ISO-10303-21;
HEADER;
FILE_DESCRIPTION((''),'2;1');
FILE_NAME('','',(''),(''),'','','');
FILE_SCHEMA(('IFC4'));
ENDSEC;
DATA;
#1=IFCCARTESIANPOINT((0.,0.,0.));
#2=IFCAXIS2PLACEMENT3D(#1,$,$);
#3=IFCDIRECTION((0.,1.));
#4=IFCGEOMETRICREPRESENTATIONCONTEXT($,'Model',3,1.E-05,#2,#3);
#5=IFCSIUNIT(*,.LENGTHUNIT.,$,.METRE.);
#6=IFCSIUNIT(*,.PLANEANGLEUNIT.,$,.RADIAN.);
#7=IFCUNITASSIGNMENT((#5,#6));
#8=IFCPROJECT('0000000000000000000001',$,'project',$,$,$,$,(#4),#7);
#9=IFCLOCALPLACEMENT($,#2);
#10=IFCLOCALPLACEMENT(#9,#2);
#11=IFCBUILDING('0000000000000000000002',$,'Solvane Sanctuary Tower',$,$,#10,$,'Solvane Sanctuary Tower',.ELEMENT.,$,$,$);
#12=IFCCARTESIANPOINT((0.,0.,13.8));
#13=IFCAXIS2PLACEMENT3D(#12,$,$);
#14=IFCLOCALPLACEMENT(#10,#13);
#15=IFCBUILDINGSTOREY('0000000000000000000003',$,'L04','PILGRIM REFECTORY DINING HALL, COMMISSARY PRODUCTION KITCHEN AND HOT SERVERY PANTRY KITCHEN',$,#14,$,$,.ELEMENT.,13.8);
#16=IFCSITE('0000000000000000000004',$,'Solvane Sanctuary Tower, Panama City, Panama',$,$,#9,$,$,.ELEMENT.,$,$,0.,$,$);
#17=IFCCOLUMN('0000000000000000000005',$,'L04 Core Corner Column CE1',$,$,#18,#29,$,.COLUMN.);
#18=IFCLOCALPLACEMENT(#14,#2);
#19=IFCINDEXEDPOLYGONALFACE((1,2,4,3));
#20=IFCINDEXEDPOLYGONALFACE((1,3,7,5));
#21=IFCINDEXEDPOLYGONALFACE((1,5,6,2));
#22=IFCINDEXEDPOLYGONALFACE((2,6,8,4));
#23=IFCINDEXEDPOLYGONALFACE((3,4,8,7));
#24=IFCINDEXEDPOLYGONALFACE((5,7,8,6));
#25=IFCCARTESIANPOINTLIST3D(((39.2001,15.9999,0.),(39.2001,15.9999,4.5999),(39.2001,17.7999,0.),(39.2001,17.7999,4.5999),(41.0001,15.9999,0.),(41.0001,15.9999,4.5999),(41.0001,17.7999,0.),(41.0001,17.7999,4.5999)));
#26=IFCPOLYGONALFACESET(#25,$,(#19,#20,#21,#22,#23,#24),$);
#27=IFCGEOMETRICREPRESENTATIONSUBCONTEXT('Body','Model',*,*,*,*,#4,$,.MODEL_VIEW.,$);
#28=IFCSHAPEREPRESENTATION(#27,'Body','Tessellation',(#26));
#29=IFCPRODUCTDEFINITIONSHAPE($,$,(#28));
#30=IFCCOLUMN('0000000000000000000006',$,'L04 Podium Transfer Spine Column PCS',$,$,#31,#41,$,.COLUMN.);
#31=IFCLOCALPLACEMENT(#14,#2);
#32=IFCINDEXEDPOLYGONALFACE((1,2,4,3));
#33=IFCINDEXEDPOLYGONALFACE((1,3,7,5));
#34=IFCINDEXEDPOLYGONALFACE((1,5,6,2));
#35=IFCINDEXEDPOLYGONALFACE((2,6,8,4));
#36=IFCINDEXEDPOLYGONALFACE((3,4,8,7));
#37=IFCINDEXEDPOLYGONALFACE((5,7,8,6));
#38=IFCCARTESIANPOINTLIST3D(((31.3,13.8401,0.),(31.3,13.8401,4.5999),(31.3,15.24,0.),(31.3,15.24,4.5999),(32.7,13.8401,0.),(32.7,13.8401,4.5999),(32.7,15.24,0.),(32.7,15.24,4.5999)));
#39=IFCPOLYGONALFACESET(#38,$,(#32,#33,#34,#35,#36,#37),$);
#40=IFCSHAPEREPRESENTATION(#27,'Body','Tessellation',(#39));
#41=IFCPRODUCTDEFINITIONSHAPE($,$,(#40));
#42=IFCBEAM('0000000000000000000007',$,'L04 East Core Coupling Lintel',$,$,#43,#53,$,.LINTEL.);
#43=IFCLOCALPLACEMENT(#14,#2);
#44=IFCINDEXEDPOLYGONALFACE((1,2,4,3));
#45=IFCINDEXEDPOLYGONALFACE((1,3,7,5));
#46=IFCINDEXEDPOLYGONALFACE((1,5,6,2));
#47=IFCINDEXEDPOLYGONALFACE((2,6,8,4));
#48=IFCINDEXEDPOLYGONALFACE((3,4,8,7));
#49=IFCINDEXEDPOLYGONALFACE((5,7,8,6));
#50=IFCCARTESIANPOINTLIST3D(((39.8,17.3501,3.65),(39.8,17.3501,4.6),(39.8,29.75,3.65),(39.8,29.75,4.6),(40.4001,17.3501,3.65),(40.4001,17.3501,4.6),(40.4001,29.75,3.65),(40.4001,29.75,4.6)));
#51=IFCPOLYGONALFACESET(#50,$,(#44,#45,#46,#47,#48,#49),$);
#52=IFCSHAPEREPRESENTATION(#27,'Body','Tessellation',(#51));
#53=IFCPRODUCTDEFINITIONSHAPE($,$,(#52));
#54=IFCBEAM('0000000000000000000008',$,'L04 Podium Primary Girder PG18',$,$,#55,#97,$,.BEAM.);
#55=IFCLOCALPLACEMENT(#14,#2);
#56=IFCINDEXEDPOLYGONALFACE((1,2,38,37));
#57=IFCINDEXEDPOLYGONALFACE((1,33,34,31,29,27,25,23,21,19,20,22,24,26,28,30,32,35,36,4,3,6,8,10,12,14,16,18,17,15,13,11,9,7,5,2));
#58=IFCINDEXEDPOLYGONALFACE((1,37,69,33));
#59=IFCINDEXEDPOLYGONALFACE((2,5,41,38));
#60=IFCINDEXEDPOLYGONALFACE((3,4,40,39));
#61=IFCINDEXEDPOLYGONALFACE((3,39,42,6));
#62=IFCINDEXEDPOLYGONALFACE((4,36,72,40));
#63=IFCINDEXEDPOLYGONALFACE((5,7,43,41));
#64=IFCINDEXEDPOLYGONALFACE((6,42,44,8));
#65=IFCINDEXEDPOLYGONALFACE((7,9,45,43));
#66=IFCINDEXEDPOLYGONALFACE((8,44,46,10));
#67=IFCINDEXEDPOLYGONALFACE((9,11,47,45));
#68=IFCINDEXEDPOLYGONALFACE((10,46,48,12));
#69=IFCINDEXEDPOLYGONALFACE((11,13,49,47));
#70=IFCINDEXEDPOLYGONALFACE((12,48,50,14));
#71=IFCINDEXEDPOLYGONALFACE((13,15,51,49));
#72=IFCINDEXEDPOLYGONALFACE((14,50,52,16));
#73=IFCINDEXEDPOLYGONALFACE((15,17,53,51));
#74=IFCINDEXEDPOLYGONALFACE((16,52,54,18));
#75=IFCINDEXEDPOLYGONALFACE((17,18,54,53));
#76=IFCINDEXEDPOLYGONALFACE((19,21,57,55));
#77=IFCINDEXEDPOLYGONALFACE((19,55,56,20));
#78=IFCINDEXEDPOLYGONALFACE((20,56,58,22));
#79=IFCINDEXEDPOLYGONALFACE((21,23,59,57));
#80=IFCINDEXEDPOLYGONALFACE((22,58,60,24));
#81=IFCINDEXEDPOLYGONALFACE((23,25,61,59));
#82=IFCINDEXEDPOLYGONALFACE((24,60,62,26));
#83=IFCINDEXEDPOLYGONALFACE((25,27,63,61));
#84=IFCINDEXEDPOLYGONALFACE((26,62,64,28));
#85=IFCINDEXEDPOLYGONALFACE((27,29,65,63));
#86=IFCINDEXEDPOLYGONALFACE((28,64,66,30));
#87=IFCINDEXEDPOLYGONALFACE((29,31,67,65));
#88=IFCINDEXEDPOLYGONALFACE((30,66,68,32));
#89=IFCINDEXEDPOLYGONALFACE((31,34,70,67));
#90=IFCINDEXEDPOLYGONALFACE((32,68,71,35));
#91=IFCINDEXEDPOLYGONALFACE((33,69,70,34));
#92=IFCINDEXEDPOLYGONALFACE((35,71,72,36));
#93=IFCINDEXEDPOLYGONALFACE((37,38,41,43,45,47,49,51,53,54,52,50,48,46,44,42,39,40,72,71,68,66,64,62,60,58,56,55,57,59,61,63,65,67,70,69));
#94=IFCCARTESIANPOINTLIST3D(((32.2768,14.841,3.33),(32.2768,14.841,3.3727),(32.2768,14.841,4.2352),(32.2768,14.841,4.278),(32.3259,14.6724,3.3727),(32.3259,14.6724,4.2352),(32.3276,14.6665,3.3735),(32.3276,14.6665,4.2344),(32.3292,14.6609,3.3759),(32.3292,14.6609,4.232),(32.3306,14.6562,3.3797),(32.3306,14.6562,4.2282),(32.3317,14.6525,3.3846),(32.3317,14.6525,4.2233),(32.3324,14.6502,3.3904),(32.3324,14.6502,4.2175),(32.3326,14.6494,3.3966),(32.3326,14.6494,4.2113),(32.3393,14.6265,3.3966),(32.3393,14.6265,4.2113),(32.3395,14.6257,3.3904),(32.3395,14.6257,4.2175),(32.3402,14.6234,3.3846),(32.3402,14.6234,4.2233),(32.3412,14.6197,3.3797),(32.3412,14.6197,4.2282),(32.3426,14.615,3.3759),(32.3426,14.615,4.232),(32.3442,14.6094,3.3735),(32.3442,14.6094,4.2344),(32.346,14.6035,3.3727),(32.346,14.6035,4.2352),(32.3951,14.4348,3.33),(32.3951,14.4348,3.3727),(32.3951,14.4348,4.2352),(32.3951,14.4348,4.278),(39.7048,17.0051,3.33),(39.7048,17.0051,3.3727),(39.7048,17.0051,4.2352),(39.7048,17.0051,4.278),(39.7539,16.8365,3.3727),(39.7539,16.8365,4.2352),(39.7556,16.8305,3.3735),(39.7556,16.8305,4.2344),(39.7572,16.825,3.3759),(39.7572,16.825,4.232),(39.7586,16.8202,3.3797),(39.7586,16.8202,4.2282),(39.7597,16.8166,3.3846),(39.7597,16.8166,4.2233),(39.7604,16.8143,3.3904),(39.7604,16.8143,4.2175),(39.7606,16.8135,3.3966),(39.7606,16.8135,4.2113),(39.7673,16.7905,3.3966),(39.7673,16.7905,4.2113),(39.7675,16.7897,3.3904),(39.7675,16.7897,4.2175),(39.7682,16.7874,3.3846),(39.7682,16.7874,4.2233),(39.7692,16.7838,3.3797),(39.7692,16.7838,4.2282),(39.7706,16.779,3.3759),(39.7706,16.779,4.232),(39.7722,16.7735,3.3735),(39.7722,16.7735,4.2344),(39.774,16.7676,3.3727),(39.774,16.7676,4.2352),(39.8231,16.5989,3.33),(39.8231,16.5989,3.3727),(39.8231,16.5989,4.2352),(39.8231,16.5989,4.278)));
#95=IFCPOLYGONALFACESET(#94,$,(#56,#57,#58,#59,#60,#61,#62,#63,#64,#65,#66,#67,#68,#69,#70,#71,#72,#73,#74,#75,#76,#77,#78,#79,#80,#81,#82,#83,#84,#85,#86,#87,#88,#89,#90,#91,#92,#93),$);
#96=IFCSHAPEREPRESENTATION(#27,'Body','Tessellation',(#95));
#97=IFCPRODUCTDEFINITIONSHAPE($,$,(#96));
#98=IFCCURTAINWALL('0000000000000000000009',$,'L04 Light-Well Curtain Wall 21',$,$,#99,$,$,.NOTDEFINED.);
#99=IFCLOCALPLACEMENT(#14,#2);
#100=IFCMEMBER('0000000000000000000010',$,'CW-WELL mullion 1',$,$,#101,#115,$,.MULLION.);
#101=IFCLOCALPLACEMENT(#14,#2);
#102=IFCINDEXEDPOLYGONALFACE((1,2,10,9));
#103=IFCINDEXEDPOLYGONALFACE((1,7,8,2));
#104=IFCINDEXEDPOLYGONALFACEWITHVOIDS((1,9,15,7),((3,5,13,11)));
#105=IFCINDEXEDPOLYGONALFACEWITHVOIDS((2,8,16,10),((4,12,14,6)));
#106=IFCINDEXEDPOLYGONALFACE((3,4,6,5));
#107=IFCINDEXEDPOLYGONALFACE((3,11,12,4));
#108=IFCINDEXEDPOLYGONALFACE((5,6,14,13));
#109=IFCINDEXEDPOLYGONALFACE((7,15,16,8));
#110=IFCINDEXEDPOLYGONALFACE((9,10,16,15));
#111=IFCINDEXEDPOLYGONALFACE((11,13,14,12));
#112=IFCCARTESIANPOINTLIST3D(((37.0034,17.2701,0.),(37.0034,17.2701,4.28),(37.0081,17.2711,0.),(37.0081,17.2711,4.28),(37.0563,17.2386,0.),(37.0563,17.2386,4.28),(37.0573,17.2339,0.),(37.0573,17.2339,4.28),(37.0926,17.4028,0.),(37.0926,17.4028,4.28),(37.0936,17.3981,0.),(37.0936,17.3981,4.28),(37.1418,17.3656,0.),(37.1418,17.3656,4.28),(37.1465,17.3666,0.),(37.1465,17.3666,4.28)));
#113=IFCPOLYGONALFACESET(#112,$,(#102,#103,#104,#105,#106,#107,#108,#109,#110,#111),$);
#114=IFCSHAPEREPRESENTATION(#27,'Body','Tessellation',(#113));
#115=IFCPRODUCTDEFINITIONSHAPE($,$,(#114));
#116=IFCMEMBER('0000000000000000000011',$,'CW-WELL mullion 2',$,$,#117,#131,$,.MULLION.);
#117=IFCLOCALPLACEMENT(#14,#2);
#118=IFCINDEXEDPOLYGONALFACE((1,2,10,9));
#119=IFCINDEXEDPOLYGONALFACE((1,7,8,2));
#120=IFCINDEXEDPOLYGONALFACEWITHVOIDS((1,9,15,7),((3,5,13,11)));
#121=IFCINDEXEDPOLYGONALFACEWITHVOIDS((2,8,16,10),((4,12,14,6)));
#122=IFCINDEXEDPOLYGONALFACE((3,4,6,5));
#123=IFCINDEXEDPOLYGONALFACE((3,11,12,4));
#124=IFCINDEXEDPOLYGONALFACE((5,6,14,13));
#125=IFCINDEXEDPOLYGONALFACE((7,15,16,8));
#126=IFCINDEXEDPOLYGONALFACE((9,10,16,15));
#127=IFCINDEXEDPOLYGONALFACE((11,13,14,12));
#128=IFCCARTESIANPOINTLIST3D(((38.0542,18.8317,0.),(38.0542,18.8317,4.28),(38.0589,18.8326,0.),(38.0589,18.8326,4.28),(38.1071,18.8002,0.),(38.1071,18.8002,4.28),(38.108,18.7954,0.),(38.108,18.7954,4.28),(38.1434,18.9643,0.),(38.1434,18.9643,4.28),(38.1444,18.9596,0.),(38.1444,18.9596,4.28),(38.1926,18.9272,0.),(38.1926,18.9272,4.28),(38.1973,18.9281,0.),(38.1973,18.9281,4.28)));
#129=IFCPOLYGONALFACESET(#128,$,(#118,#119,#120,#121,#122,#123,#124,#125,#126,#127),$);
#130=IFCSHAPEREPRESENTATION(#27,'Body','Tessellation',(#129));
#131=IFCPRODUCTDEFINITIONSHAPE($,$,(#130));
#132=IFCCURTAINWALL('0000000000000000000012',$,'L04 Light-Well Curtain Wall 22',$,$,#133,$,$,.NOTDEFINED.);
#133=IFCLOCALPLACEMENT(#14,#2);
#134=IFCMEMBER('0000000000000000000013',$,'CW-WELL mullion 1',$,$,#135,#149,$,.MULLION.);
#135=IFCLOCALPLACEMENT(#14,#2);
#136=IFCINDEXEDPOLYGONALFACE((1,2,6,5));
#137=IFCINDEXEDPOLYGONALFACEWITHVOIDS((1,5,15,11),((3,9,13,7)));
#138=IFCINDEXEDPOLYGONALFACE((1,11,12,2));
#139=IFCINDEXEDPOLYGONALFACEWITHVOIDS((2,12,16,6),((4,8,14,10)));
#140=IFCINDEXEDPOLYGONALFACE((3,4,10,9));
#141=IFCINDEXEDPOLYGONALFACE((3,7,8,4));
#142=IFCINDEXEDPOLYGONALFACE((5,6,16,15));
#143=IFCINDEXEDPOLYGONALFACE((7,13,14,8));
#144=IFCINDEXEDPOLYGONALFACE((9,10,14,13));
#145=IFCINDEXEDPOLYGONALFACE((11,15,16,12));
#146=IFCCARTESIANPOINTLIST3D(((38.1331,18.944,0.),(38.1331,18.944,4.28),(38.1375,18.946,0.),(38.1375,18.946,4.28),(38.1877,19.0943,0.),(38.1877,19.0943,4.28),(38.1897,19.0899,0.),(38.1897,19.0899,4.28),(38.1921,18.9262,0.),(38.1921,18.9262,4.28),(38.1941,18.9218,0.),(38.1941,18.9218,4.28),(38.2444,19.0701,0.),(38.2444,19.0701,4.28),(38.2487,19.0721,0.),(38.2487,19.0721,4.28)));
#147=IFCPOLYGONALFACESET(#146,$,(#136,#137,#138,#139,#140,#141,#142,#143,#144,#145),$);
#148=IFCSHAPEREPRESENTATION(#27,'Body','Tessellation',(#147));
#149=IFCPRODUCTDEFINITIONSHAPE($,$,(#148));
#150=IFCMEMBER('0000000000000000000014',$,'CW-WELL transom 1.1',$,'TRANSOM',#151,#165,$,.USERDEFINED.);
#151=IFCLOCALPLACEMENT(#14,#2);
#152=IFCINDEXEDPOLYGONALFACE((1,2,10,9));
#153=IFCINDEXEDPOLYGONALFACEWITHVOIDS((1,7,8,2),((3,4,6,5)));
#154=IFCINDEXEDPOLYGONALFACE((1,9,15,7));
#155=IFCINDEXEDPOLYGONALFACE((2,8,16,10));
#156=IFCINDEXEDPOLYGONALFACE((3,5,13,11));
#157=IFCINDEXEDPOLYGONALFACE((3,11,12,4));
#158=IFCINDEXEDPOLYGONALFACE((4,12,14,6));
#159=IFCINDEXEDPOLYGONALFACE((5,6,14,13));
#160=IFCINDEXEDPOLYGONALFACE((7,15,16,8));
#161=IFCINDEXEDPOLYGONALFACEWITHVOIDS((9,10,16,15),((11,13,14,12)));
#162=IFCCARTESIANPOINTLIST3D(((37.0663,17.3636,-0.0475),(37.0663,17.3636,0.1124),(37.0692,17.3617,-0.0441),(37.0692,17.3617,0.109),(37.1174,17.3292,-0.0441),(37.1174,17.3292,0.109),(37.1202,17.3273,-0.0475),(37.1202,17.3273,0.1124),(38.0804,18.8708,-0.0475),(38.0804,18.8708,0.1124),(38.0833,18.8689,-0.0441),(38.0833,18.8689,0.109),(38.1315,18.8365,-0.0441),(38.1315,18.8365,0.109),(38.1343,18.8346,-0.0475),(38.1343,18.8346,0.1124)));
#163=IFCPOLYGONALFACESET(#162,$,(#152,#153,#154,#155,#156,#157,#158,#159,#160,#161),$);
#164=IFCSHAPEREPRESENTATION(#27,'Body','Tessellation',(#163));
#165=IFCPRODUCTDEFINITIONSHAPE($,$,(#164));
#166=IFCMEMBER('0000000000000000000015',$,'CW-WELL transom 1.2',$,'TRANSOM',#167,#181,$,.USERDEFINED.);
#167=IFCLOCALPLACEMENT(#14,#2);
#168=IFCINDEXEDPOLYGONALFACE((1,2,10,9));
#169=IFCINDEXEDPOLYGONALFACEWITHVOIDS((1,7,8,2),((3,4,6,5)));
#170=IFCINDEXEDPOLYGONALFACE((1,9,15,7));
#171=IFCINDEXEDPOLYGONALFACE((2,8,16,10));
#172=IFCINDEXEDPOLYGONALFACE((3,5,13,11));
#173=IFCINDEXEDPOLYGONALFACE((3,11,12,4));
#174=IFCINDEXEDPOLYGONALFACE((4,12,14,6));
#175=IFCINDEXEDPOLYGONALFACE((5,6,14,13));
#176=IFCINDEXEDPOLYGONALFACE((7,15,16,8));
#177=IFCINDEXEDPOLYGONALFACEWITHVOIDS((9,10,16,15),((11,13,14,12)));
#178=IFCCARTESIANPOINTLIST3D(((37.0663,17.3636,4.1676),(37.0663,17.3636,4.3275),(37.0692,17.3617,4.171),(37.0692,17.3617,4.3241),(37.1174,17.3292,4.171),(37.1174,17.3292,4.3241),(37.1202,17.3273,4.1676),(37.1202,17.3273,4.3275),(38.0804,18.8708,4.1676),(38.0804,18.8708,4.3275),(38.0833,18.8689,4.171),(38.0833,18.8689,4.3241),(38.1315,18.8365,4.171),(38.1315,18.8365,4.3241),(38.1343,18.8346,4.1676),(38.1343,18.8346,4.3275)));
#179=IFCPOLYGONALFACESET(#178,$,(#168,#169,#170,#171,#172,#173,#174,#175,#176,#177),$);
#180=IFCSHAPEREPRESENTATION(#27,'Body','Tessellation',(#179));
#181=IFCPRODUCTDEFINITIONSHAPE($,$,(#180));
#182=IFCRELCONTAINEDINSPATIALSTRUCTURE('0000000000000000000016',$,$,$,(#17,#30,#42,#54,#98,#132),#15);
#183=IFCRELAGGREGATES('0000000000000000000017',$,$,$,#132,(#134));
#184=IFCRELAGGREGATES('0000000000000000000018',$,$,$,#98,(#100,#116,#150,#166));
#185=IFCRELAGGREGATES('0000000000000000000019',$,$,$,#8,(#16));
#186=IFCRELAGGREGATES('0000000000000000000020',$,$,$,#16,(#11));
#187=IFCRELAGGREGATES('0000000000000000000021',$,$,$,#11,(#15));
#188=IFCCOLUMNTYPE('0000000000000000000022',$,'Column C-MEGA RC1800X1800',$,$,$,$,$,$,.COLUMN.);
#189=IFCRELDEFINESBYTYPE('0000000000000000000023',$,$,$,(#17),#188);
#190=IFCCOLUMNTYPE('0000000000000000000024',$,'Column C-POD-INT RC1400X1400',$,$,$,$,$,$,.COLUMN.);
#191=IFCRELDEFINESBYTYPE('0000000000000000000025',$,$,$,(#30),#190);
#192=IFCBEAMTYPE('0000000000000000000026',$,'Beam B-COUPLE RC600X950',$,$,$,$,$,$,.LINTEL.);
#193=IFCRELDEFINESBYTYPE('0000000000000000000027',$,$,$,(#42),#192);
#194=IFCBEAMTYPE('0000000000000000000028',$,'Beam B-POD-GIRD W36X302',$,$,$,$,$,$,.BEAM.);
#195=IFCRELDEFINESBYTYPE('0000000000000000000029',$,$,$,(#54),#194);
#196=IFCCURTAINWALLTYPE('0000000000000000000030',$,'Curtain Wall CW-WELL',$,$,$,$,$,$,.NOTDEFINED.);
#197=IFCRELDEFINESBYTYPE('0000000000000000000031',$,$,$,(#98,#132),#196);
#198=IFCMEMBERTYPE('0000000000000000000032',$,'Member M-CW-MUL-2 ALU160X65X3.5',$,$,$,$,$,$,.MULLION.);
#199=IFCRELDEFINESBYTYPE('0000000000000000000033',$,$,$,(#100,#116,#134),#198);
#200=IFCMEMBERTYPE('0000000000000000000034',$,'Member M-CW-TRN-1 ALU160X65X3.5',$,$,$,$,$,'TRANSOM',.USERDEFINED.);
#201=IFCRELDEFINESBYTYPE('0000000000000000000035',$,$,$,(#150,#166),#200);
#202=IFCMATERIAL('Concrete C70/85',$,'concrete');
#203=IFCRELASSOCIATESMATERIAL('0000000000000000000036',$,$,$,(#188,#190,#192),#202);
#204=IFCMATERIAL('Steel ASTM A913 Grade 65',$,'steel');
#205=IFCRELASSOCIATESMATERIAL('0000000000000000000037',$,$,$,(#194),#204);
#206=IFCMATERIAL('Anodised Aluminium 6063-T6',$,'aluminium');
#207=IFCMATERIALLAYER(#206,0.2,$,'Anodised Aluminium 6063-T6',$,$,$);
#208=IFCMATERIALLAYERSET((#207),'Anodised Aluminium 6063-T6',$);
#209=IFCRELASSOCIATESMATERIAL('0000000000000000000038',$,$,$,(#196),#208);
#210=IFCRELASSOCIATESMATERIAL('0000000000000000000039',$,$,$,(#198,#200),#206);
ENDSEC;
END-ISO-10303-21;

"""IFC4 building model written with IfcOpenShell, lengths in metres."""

from ifc_helpers import new_model, si_unit, direction, frame, origin, origin_2d, place, context, subcontext, project, spatial, rectangle, hollow_rectangle, i_section, extrude, material, layer, layer_set, material_profile, profile_set, type_object, element, aggregate, save


model = new_model("IFC4")

# Units and contexts
model_context = context("Model", 3, precision=1e-05, world=origin(), true_north=direction((0.0, 1.0)))
body_context = subcontext(model_context, "Body", "Model", "MODEL_VIEW")
ifc_project = project(units=[si_unit("LENGTHUNIT", "METRE"), si_unit("PLANEANGLEUNIT", "RADIAN")], contexts=[model_context])

# Site, building, storey
site_placement = place(None, origin())
site = spatial("IfcSite", under=ifc_project, at=site_placement, Name="Solvane Sanctuary Tower, Panama City, Panama", CompositionType="ELEMENT", RefElevation=0.0)
building_placement = place(site_placement, origin())
building = spatial("IfcBuilding", under=site, at=building_placement, Name="Solvane Sanctuary Tower", LongName="Solvane Sanctuary Tower", CompositionType="ELEMENT")
storey_placement = place(building_placement, frame((0.0, 0.0, 13.8)))
storey = spatial("IfcBuildingStorey", under=building, at=storey_placement, Name="L04", Description="PILGRIM REFECTORY DINING HALL, COMMISSARY PRODUCTION KITCHEN AND HOT SERVERY PANTRY KITCHEN", CompositionType="ELEMENT", Elevation=13.8)

# Columns
ifc_material_1 = material(Name="Concrete C70/85", Category="concrete")
ifc_material_profile_1 = material_profile(ifc_material_1, rectangle(XDim=1.8, YDim=1.8, at=origin_2d()), Name="RC1800X1800")
ifc_profile_set_1 = profile_set([ifc_material_profile_1], Name="Concrete C70/85")
column_type_1 = type_object("IfcColumnType", Name="Column C-MEGA RC1800X1800", PredefinedType="COLUMN", material=ifc_profile_set_1)
column_1_placement = place(storey_placement, frame((40.1001, 16.8999, 0.0), z_axis=(0.0, 0.0, 1.0), x_axis=(1.0, 0.0, 0.0)))
element("IfcColumn", 1, at=column_1_placement, inside=storey, type_object=column_type_1, Name="L04 Core Corner Column CE1", PredefinedType="COLUMN", context=body_context, shape_type="SweptSolid", body=[
    extrude(rectangle(XDim=1.8, YDim=1.8, at=origin_2d()), origin(), (0.0, 0.0, 1.0), 4.5999),
])
ifc_material_profile_2 = material_profile(ifc_material_1, rectangle(XDim=1.3999, YDim=1.3999, at=origin_2d()), Name="RC1400X1400")
ifc_profile_set_2 = profile_set([ifc_material_profile_2], Name="Concrete C70/85")
column_type_2 = type_object("IfcColumnType", Name="Column C-POD-INT RC1400X1400", PredefinedType="COLUMN", material=ifc_profile_set_2)
column_2_placement = place(storey_placement, frame((32.0, 14.54, 0.0), z_axis=(0.0, 0.0, 1.0), x_axis=(1.0, 0.0, 0.0)))
element("IfcColumn", 2, at=column_2_placement, inside=storey, type_object=column_type_2, Name="L04 Podium Transfer Spine Column PCS", PredefinedType="COLUMN", context=body_context, shape_type="SweptSolid", body=[
    extrude(rectangle(XDim=1.3999, YDim=1.3999, at=origin_2d()), origin(), (0.0, 0.0, 1.0), 4.5999),
])

# Beams
ifc_material_profile_3 = material_profile(ifc_material_1, rectangle(XDim=0.6001, YDim=0.95, at=origin_2d()), Name="RC600X950")
ifc_profile_set_3 = profile_set([ifc_material_profile_3], Name="Concrete C70/85")
beam_type_1 = type_object("IfcBeamType", Name="Beam B-COUPLE RC600X950", PredefinedType="LINTEL", material=ifc_profile_set_3)
beam_1_placement = place(storey_placement, frame((40.1001, 17.3501, 4.125), z_axis=(0.0, 1.0, 0.0), x_axis=(-1.0, 0.0, 0.0)))
element("IfcBeam", 3, at=beam_1_placement, inside=storey, type_object=beam_type_1, Name="L04 East Core Coupling Lintel", PredefinedType="LINTEL", context=body_context, shape_type="SweptSolid", body=[
    extrude(rectangle(XDim=0.6001, YDim=0.95, at=origin_2d()), origin(), (0.0, 0.0, 1.0), 12.3999),
])
ifc_material_2 = material(Name="Steel ASTM A913 Grade 65", Category="steel")
ifc_material_profile_4 = material_profile(ifc_material_2, i_section(OverallWidth=0.4231, OverallDepth=0.948, WebThickness=0.0239, FlangeThickness=0.0427, FilletRadius=0.0239, at=origin_2d()), Name="W36X302")
ifc_profile_set_4 = profile_set([ifc_material_profile_4], Name="Steel ASTM A913 Grade 65")
beam_type_2 = type_object("IfcBeamType", Name="Beam B-POD-GIRD W36X302", PredefinedType="BEAM", material=ifc_profile_set_4)
beam_2_placement = place(storey_placement, frame((32.3359, 14.6379, 3.804), z_axis=(0.960084, 0.27971, 0.0), x_axis=(-0.27971, 0.960084, 0.0)))
element("IfcBeam", 4, at=beam_2_placement, inside=storey, type_object=beam_type_2, Name="L04 Podium Primary Girder PG18", PredefinedType="BEAM", context=body_context, shape_type="SweptSolid", body=[
    extrude(i_section(OverallWidth=0.4231, OverallDepth=0.948, WebThickness=0.0239, FlangeThickness=0.0427, FilletRadius=0.0239, at=origin_2d()), origin(), (0.0, 0.0, 1.0), 7.7368),
])

# Curtain wall, members
ifc_material_3 = material(Name="Anodised Aluminium 6063-T6", Category="aluminium")
ifc_layer_1 = layer(ifc_material_3, 0.2, Name="Anodised Aluminium 6063-T6")
ifc_layer_set_1 = layer_set([ifc_layer_1], Name="Anodised Aluminium 6063-T6")
curtain_wall_type = type_object("IfcCurtainWallType", Name="Curtain Wall CW-WELL", PredefinedType="NOTDEFINED", material=ifc_layer_set_1)
curtain_wall_1_placement = place(storey_placement, origin())
curtain_wall_1 = element("IfcCurtainWall", 5, at=curtain_wall_1_placement, inside=storey, type_object=curtain_wall_type, Name="L04 Light-Well Curtain Wall 21", PredefinedType="NOTDEFINED")
ifc_material_profile_5 = material_profile(ifc_material_3, hollow_rectangle(XDim=0.0649, YDim=0.1599, WallThickness=0.0034, at=origin_2d()), Name="ALU160X65X3.5")
ifc_profile_set_5 = profile_set([ifc_material_profile_5], Name="Anodised Aluminium 6063-T6")
member_type_1 = type_object("IfcMemberType", Name="Member M-CW-MUL-2 ALU160X65X3.5", PredefinedType="MULLION", material=ifc_profile_set_5)
member_1_placement = place(storey_placement, frame((37.075, 17.3184, 0.0), z_axis=(0.0, 0.0, 1.0), x_axis=(-0.829664, 0.558263, 0.0)))
member_1 = element("IfcMember", 6, at=member_1_placement, type_object=member_type_1, Name="CW-WELL mullion 1", PredefinedType="MULLION", context=body_context, shape_type="SweptSolid", body=[
    extrude(hollow_rectangle(XDim=0.0649, YDim=0.1599, WallThickness=0.0034, at=origin_2d()), origin(), (0.0, 0.0, 1.0), 4.28),
])
member_2_placement = place(storey_placement, frame((38.1257, 18.8799, 0.0), z_axis=(0.0, 0.0, 1.0), x_axis=(-0.829664, 0.558263, 0.0)))
member_2 = element("IfcMember", 7, at=member_2_placement, type_object=member_type_1, Name="CW-WELL mullion 2", PredefinedType="MULLION", context=body_context, shape_type="SweptSolid", body=[
    extrude(hollow_rectangle(XDim=0.0649, YDim=0.1599, WallThickness=0.0034, at=origin_2d()), origin(), (0.0, 0.0, 1.0), 4.28),
])

# Curtain wall, member
curtain_wall_2_placement = place(storey_placement, origin())
curtain_wall_2 = element("IfcCurtainWall", 8, at=curtain_wall_2_placement, inside=storey, type_object=curtain_wall_type, Name="L04 Light-Well Curtain Wall 22", PredefinedType="NOTDEFINED")
member_3_placement = place(storey_placement, frame((38.1909, 19.0081, 0.0), z_axis=(0.0, 0.0, 1.0), x_axis=(-0.939938, 0.341346, 0.0)))
member_3 = element("IfcMember", 9, at=member_3_placement, type_object=member_type_1, Name="CW-WELL mullion 1", PredefinedType="MULLION", context=body_context, shape_type="SweptSolid", body=[
    extrude(hollow_rectangle(XDim=0.0649, YDim=0.1599, WallThickness=0.0034, at=origin_2d()), origin(), (0.0, 0.0, 1.0), 4.28),
])

# Members
ifc_material_profile_6 = material_profile(ifc_material_3, hollow_rectangle(XDim=0.0649, YDim=0.1599, WallThickness=0.0034, at=origin_2d()), Name="ALU160X65X3.5")
ifc_profile_set_6 = profile_set([ifc_material_profile_6], Name="Anodised Aluminium 6063-T6")
member_type_2 = type_object("IfcMemberType", Name="Member M-CW-TRN-1 ALU160X65X3.5", ElementType="TRANSOM", PredefinedType="USERDEFINED", material=ifc_profile_set_6)
member_4_placement = place(storey_placement, frame((37.0933, 17.3455, 0.0325), z_axis=(0.558231, 0.829686, 0.0), x_axis=(-0.829686, 0.558231, 0.0)))
member_4 = element("IfcMember", 10, at=member_4_placement, type_object=member_type_2, Name="CW-WELL transom 1.1", ObjectType="TRANSOM", PredefinedType="USERDEFINED", context=body_context, shape_type="SweptSolid", body=[
    extrude(hollow_rectangle(XDim=0.0649, YDim=0.1599, WallThickness=0.0034, at=origin_2d()), origin(), (0.0, 0.0, 1.0), 1.8167),
])
member_5_placement = place(storey_placement, frame((37.0933, 17.3455, 4.2476), z_axis=(0.558231, 0.829686, 0.0), x_axis=(-0.829686, 0.558231, 0.0)))
member_5 = element("IfcMember", 11, at=member_5_placement, type_object=member_type_2, Name="CW-WELL transom 1.2", ObjectType="TRANSOM", PredefinedType="USERDEFINED", context=body_context, shape_type="SweptSolid", body=[
    extrude(hollow_rectangle(XDim=0.0649, YDim=0.1599, WallThickness=0.0034, at=origin_2d()), origin(), (0.0, 0.0, 1.0), 1.8167),
])
aggregate(curtain_wall_2, [member_3])

aggregate(curtain_wall_1, [member_1, member_2, member_4, member_5])

save(model, "model.ifc")
